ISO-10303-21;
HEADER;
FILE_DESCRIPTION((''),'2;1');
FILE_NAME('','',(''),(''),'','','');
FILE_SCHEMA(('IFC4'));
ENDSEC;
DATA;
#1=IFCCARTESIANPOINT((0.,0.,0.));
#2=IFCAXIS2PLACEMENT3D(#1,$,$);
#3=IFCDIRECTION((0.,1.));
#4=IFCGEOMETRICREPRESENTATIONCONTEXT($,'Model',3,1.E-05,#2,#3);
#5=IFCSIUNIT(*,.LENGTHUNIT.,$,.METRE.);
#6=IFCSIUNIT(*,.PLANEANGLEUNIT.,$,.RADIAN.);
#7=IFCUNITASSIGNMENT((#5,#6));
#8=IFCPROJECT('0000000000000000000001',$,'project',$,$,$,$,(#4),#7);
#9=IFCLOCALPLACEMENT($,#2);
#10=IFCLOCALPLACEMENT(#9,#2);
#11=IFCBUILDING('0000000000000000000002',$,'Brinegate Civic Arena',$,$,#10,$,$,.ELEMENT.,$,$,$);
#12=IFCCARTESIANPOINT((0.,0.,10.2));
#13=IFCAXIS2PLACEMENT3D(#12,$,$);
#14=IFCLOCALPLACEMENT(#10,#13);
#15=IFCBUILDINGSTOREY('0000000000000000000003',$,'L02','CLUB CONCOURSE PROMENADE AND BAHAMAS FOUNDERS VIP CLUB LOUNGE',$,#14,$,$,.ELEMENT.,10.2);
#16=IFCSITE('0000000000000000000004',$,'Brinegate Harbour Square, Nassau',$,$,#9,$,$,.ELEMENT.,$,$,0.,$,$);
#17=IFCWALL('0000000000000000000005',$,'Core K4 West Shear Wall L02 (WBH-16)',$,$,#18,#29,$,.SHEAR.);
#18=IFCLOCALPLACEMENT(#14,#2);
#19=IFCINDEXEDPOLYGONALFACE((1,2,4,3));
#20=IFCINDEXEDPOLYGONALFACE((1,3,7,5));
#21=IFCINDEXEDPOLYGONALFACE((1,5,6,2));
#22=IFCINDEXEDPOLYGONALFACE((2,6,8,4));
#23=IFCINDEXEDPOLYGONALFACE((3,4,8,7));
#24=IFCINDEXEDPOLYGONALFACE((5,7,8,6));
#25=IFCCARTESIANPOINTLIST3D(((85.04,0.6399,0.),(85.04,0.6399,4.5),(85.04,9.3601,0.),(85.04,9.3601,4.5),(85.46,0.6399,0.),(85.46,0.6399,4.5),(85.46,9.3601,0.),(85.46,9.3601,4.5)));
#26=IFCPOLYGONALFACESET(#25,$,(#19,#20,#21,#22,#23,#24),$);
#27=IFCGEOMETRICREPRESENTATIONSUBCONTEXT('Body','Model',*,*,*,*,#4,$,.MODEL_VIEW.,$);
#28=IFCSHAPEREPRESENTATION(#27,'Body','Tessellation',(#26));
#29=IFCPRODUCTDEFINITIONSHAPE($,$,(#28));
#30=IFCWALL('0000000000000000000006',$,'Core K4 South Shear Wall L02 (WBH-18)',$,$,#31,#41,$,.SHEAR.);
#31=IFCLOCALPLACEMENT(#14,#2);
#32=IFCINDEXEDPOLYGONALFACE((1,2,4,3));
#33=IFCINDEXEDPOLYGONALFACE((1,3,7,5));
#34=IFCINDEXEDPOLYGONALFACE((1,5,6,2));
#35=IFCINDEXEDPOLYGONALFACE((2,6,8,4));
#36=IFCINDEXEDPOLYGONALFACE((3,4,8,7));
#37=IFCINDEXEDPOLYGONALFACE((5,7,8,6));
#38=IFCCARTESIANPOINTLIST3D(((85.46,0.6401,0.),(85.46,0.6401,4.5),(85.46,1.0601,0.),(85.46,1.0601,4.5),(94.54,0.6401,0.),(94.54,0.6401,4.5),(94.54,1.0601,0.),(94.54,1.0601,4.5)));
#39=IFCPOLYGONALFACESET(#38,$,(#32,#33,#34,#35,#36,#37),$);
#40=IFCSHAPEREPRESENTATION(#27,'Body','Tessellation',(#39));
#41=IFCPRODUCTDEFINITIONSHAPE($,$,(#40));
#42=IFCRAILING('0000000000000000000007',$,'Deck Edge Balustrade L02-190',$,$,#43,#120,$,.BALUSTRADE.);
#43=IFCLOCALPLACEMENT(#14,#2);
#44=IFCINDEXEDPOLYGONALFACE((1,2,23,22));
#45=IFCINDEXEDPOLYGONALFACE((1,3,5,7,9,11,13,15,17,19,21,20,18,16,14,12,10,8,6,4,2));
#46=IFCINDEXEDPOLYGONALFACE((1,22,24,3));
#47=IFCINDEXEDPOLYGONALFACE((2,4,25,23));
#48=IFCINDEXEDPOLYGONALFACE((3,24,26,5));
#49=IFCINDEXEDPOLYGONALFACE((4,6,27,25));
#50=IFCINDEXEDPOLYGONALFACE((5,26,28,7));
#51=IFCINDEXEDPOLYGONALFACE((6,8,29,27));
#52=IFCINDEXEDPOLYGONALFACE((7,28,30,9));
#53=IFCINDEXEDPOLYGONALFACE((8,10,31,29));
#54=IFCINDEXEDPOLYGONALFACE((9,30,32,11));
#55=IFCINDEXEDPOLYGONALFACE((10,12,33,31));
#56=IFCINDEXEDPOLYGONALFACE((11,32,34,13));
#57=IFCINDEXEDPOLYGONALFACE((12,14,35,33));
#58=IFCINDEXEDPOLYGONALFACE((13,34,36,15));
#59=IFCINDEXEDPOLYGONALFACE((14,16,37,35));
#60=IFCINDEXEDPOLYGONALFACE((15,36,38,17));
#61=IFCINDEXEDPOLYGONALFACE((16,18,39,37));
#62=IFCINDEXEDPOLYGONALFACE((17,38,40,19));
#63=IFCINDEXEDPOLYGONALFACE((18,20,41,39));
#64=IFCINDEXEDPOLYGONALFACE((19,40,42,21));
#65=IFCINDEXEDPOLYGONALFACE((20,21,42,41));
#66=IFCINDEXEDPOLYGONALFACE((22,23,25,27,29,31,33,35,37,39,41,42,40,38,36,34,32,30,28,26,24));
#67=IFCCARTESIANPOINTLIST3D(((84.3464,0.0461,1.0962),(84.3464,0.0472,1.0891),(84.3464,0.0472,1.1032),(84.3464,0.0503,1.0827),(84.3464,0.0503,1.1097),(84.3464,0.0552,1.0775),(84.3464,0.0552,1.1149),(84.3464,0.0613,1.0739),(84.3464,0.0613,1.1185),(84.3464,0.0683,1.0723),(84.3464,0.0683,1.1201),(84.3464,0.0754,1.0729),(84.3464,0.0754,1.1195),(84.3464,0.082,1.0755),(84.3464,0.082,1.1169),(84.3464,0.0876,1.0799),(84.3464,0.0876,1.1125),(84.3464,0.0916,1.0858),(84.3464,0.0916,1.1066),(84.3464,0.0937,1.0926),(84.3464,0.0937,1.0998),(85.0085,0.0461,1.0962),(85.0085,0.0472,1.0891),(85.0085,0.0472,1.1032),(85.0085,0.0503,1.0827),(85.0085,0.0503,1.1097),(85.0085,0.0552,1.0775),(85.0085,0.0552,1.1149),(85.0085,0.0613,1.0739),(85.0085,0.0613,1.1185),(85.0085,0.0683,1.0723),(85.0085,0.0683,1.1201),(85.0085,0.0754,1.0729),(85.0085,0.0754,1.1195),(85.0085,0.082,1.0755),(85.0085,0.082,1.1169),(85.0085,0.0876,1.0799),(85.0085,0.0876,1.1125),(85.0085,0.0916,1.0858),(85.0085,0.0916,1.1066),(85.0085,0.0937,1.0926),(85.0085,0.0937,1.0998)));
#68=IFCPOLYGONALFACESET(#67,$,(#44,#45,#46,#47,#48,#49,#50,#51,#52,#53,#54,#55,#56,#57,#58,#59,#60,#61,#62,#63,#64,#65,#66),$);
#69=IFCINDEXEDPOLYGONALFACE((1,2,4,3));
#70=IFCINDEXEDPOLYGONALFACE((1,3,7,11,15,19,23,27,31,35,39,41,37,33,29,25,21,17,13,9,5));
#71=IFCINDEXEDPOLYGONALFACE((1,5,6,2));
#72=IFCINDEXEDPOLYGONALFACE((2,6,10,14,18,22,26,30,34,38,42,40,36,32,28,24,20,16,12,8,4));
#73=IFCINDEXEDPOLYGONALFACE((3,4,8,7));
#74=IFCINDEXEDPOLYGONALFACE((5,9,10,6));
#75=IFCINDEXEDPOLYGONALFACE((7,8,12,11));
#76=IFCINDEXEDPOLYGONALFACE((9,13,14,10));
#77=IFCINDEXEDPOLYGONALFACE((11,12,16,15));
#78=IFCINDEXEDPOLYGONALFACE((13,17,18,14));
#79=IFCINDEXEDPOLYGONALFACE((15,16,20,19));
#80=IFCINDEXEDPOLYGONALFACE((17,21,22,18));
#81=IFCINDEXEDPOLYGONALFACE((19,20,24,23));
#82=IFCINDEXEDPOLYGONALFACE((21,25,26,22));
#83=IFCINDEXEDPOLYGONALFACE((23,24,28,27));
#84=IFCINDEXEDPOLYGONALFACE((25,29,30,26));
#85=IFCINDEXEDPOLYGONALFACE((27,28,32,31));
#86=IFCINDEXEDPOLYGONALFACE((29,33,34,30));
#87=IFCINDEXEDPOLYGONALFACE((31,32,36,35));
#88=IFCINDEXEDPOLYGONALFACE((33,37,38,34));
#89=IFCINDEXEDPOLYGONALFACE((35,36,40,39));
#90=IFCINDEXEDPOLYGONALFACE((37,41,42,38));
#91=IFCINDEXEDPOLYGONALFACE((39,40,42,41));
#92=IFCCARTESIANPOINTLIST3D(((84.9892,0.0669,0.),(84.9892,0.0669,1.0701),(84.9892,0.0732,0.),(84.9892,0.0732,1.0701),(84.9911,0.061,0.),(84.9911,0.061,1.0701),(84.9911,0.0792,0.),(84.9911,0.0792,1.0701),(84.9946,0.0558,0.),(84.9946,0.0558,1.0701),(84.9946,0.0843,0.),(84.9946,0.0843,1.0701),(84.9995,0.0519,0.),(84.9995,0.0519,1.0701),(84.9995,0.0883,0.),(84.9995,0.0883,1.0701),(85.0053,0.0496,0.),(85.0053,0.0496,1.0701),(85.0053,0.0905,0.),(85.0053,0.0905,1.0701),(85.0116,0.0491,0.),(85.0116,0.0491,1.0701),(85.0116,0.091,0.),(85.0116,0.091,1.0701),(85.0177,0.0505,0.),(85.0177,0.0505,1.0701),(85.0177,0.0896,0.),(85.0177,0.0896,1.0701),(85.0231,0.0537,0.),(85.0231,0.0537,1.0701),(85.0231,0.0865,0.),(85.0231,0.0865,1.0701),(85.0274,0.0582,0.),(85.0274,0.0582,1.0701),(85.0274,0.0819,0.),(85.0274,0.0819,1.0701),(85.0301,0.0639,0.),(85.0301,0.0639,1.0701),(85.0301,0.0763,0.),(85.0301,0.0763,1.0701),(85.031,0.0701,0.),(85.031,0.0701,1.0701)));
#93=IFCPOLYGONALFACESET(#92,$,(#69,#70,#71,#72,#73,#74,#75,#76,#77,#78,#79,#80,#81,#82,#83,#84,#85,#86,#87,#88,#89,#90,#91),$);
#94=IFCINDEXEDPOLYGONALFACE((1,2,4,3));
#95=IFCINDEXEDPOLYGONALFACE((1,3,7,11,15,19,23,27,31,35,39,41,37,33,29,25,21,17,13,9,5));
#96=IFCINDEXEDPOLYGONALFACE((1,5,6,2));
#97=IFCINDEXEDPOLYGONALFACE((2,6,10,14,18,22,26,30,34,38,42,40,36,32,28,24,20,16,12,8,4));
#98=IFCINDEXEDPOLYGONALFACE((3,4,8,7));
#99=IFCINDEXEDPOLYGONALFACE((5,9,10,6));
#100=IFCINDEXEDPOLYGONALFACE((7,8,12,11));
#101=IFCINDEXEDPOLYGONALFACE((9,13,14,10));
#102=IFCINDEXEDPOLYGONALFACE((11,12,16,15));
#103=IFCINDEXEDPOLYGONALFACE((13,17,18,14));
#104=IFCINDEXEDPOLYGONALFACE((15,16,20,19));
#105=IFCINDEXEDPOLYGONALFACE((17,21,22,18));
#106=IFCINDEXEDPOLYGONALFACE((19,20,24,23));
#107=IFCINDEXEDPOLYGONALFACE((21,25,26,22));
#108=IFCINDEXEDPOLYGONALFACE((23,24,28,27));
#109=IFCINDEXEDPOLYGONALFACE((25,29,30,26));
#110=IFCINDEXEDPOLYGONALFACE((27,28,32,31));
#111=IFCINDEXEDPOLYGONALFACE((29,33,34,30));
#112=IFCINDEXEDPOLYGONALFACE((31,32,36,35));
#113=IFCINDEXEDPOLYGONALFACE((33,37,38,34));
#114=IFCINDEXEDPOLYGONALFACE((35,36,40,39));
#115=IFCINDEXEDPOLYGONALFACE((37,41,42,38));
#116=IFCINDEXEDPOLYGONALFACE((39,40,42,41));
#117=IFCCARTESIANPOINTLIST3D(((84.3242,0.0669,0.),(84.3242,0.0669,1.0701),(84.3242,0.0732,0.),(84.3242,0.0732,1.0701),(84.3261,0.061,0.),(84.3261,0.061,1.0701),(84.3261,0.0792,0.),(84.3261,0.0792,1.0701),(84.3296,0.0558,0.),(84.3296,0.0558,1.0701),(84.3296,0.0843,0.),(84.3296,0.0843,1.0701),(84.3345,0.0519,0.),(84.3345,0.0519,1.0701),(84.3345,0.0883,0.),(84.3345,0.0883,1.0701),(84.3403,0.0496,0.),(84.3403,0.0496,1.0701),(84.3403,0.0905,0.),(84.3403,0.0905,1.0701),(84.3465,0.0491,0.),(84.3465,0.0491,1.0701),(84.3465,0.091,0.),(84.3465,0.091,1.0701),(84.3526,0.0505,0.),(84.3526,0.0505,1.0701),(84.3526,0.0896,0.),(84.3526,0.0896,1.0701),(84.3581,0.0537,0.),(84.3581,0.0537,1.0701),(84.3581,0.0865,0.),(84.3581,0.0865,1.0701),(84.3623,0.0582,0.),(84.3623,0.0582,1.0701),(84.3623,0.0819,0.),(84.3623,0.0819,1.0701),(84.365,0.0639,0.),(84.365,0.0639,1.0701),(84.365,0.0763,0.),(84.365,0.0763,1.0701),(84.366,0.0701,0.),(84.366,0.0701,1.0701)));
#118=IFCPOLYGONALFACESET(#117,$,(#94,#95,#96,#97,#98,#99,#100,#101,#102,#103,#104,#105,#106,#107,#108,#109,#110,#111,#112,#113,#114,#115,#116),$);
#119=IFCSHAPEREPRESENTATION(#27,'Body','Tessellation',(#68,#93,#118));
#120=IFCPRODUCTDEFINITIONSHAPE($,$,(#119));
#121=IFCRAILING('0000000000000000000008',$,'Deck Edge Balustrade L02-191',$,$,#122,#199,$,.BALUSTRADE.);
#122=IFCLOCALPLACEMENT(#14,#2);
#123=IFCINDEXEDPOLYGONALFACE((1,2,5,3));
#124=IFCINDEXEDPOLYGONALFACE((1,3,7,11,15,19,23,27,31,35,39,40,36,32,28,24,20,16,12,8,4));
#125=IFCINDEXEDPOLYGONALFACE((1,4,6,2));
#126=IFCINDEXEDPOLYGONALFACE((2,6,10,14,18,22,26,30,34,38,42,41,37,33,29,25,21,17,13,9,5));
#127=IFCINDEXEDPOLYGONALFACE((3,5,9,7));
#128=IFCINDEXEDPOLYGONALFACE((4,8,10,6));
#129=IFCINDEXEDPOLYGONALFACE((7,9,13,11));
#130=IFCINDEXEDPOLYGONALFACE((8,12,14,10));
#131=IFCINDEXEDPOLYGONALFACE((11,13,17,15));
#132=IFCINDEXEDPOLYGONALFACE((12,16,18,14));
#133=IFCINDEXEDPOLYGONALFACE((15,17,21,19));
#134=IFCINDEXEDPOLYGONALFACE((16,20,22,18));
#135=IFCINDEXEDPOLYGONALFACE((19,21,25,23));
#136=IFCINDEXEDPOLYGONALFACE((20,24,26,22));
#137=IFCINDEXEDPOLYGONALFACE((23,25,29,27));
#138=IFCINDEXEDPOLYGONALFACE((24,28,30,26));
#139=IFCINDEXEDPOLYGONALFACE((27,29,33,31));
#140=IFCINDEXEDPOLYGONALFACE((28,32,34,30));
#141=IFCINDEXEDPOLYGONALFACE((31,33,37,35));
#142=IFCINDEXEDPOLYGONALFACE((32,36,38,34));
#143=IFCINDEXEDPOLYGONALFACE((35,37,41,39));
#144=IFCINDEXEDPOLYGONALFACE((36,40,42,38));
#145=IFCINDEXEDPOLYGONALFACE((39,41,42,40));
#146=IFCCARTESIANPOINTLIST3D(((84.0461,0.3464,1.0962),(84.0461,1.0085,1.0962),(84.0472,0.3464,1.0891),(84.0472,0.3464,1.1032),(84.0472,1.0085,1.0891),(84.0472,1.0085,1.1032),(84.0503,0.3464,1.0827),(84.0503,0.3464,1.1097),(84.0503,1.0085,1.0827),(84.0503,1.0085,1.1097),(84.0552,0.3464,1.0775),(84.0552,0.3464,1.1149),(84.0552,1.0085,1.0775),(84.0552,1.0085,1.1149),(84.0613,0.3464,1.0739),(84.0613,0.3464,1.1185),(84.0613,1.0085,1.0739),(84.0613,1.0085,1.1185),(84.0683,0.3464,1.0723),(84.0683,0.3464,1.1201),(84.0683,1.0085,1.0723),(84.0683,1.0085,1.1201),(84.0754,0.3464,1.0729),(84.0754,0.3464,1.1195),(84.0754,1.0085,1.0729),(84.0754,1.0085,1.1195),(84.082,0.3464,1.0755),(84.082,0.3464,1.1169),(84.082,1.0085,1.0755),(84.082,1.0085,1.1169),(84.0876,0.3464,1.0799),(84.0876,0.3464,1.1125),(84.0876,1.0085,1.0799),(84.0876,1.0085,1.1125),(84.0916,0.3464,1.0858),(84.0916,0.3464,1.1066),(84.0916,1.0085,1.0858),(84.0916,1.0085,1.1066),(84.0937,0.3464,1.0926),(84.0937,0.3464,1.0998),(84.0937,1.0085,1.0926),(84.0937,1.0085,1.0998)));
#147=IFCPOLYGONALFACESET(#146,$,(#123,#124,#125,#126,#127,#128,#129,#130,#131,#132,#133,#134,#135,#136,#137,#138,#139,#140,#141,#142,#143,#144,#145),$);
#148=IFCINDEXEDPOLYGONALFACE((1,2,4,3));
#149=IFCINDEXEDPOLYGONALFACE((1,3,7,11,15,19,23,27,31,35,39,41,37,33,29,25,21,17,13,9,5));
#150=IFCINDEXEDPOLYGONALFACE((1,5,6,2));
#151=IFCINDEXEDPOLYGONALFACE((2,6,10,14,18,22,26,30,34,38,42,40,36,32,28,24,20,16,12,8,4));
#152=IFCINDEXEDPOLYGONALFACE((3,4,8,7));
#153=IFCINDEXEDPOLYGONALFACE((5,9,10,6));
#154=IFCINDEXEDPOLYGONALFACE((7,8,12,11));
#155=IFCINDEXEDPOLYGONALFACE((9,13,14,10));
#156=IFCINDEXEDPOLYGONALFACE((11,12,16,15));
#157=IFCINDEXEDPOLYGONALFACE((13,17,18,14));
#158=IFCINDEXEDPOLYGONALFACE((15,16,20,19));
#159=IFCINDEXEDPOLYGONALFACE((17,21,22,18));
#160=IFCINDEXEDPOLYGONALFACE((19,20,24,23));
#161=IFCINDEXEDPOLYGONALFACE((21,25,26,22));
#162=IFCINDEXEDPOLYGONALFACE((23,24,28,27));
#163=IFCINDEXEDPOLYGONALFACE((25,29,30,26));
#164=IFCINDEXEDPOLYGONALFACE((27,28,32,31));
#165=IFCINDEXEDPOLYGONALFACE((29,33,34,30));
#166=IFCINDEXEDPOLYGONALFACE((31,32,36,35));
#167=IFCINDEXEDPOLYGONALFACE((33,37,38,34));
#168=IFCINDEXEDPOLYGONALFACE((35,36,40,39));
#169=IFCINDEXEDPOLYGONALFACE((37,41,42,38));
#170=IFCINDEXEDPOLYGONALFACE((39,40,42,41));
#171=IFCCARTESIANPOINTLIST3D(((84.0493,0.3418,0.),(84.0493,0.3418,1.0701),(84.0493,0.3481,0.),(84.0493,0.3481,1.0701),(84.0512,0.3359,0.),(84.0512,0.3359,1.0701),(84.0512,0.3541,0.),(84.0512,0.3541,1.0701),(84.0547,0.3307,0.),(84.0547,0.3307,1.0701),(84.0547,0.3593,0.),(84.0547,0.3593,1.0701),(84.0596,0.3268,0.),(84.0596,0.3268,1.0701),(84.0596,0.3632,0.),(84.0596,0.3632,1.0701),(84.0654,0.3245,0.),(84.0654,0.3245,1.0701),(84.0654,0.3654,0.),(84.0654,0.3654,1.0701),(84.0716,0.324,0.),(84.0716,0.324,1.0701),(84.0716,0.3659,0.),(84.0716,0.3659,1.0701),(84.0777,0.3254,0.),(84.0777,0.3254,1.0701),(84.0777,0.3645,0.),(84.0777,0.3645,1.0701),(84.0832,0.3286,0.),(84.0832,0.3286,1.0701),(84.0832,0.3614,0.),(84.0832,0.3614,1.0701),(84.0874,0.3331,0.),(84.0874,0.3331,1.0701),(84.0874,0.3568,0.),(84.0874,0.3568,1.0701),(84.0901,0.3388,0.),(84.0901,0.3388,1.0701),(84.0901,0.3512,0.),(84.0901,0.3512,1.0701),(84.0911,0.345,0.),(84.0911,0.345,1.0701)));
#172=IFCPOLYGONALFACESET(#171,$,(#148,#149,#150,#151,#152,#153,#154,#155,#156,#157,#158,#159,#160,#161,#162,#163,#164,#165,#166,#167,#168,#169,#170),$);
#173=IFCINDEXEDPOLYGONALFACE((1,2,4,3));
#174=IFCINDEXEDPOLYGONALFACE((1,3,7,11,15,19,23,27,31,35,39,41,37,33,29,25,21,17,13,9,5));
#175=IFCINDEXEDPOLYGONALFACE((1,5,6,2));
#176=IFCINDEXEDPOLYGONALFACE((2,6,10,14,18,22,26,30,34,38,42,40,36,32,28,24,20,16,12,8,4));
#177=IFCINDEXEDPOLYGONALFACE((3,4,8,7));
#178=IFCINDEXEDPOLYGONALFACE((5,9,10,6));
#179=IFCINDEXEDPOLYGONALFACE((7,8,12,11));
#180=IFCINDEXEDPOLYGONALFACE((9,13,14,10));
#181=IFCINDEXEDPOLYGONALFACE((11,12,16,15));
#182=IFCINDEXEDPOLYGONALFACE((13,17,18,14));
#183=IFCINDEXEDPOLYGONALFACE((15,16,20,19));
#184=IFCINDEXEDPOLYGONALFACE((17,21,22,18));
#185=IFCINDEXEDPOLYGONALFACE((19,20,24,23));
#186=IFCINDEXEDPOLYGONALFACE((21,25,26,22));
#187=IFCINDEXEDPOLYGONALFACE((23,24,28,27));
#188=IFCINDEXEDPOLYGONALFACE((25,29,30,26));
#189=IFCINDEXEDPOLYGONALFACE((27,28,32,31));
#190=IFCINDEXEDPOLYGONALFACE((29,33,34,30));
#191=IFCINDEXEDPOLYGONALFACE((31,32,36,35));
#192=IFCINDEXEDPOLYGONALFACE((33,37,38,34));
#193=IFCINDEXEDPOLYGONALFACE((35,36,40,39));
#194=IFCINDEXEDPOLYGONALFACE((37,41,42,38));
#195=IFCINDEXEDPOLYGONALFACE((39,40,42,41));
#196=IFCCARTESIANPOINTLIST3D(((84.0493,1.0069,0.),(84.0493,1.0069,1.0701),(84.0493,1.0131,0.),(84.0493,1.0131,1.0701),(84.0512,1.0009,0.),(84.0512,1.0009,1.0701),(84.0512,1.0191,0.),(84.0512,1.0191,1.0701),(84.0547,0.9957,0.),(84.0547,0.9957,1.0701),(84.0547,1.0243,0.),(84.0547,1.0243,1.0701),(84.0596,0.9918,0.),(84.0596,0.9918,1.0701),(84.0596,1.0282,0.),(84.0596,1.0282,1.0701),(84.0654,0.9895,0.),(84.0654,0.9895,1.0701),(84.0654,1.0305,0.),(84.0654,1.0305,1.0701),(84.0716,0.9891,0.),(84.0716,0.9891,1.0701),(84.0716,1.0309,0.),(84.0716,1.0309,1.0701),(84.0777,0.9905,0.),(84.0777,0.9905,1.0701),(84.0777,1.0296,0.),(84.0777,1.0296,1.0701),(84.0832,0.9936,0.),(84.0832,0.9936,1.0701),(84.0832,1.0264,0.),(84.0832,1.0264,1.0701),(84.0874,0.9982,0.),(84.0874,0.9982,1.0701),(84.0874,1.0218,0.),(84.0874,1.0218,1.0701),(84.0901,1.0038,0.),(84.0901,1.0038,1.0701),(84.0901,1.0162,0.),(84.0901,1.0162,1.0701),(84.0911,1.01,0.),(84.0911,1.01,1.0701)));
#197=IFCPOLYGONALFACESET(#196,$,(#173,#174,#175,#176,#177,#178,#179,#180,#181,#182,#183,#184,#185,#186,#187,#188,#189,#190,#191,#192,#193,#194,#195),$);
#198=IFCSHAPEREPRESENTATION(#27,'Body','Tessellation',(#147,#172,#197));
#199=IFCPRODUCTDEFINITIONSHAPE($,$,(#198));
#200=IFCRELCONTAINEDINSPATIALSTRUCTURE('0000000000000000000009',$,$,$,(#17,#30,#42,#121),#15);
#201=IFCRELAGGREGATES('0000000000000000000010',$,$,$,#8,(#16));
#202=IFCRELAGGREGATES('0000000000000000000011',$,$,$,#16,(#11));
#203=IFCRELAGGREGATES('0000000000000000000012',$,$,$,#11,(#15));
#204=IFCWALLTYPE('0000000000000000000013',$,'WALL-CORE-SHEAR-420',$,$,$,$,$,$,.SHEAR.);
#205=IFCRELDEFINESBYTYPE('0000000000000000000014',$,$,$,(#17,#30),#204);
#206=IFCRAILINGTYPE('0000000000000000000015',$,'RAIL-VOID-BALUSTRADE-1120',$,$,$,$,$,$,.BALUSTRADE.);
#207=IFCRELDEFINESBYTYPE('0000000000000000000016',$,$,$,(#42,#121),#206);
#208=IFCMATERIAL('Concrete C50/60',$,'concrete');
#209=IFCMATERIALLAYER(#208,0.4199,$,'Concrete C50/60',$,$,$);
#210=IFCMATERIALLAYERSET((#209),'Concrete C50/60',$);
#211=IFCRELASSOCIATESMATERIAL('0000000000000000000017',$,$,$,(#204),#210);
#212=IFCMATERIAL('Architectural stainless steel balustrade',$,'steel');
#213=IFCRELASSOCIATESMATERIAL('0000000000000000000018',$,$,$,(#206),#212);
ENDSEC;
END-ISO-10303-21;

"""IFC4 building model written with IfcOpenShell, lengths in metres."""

from ifc_helpers import new_model, si_unit, direction, frame, frame_2d, origin, origin_2d, place, context, subcontext, project, spatial, rectangle, circle, extrude, material, layer, layer_set, type_object, element, save


model = new_model("IFC4")

# Units and contexts
model_context = context("Model", 3, precision=1e-05, world=origin(), true_north=direction((0.0, 1.0)))
body_context = subcontext(model_context, "Body", "Model", "MODEL_VIEW")
ifc_project = project(units=[si_unit("LENGTHUNIT", "METRE"), si_unit("PLANEANGLEUNIT", "RADIAN")], contexts=[model_context])

# Site, building, storey
site_placement = place(None, origin())
site = spatial("IfcSite", under=ifc_project, at=site_placement, Name="Brinegate Harbour Square, Nassau", CompositionType="ELEMENT", RefElevation=0.0)
building_placement = place(site_placement, origin())
building = spatial("IfcBuilding", under=site, at=building_placement, Name="Brinegate Civic Arena", CompositionType="ELEMENT")
storey_placement = place(building_placement, frame((0.0, 0.0, 10.2)))
storey = spatial("IfcBuildingStorey", under=building, at=storey_placement, Name="L02", Description="CLUB CONCOURSE PROMENADE AND BAHAMAS FOUNDERS VIP CLUB LOUNGE", CompositionType="ELEMENT", Elevation=10.2)

# Shared definitions
ifc_material_1 = material(Name="Concrete C50/60", Category="concrete")

# Walls
ifc_layer_1 = layer(ifc_material_1, 0.4199, Name="Concrete C50/60")
ifc_layer_set_1 = layer_set([ifc_layer_1], Name="Concrete C50/60")
wall_type = type_object("IfcWallType", Name="WALL-CORE-SHEAR-420", PredefinedType="SHEAR", material=ifc_layer_set_1)
wall_1_placement = place(storey_placement, frame((85.25, 0.6399, 0.0), z_axis=(0.0, 0.0, 1.0), x_axis=(0.0, 1.0, 0.0)))
element("IfcWall", 1, at=wall_1_placement, inside=storey, type_object=wall_type, Name="Core K4 West Shear Wall L02 (WBH-16)", PredefinedType="SHEAR", context=body_context, shape_type="SweptSolid", body=[
    extrude(rectangle(XDim=8.7202, YDim=0.4199, at=frame_2d((4.3601, 0.0))), origin(), (0.0, 0.0, 1.0), 4.5),
])
wall_2_placement = place(storey_placement, frame((85.46, 0.8501, 0.0), z_axis=(0.0, 0.0, 1.0), x_axis=(1.0, 0.0, 0.0)))
element("IfcWall", 2, at=wall_2_placement, inside=storey, type_object=wall_type, Name="Core K4 South Shear Wall L02 (WBH-18)", PredefinedType="SHEAR", context=body_context, shape_type="SweptSolid", body=[
    extrude(rectangle(XDim=9.0801, YDim=0.4199, at=frame_2d((4.54, 0.0))), origin(), (0.0, 0.0, 1.0), 4.5),
])

# Railings
ifc_material_2 = material(Name="Architectural stainless steel balustrade", Category="steel")
railing_type = type_object("IfcRailingType", Name="RAIL-VOID-BALUSTRADE-1120", PredefinedType="BALUSTRADE", material=ifc_material_2)
railing_1_placement = place(storey_placement, frame((85.01, 0.0701, 0.0)))
element("IfcRailing", 3, at=railing_1_placement, inside=storey, type_object=railing_type, Name="Deck Edge Balustrade L02-190", PredefinedType="BALUSTRADE", context=body_context, shape_type="SweptSolid", body=[
    extrude(circle(Radius=0.0239, at=origin_2d()), frame((-0.0015, 0.0, 1.0962), z_axis=(-1.0, 0.0, 0.0), x_axis=(0.0, -1.0, 0.0)), (0.0, 0.0, 1.0), 0.6621),
    extrude(circle(Radius=0.021, at=origin_2d()), origin(), (0.0, 0.0, 1.0), 1.0701),
    extrude(circle(Radius=0.021, at=origin_2d()), frame((-0.665, 0.0, 0.0)), (0.0, 0.0, 1.0), 1.0701),
])
railing_2_placement = place(storey_placement, frame((84.0701, 0.345, 0.0)))
element("IfcRailing", 4, at=railing_2_placement, inside=storey, type_object=railing_type, Name="Deck Edge Balustrade L02-191", PredefinedType="BALUSTRADE", context=body_context, shape_type="SweptSolid", body=[
    extrude(circle(Radius=0.0239, at=origin_2d()), frame((0.0, 0.0015, 1.0962), z_axis=(0.0, 1.0, 0.0), x_axis=(-1.0, 0.0, 0.0)), (0.0, 0.0, 1.0), 0.6621),
    extrude(circle(Radius=0.021, at=origin_2d()), origin(), (0.0, 0.0, 1.0), 1.0701),
    extrude(circle(Radius=0.021, at=origin_2d()), frame((0.0, 0.665, 0.0)), (0.0, 0.0, 1.0), 1.0701),
])

save(model, "model.ifc")
